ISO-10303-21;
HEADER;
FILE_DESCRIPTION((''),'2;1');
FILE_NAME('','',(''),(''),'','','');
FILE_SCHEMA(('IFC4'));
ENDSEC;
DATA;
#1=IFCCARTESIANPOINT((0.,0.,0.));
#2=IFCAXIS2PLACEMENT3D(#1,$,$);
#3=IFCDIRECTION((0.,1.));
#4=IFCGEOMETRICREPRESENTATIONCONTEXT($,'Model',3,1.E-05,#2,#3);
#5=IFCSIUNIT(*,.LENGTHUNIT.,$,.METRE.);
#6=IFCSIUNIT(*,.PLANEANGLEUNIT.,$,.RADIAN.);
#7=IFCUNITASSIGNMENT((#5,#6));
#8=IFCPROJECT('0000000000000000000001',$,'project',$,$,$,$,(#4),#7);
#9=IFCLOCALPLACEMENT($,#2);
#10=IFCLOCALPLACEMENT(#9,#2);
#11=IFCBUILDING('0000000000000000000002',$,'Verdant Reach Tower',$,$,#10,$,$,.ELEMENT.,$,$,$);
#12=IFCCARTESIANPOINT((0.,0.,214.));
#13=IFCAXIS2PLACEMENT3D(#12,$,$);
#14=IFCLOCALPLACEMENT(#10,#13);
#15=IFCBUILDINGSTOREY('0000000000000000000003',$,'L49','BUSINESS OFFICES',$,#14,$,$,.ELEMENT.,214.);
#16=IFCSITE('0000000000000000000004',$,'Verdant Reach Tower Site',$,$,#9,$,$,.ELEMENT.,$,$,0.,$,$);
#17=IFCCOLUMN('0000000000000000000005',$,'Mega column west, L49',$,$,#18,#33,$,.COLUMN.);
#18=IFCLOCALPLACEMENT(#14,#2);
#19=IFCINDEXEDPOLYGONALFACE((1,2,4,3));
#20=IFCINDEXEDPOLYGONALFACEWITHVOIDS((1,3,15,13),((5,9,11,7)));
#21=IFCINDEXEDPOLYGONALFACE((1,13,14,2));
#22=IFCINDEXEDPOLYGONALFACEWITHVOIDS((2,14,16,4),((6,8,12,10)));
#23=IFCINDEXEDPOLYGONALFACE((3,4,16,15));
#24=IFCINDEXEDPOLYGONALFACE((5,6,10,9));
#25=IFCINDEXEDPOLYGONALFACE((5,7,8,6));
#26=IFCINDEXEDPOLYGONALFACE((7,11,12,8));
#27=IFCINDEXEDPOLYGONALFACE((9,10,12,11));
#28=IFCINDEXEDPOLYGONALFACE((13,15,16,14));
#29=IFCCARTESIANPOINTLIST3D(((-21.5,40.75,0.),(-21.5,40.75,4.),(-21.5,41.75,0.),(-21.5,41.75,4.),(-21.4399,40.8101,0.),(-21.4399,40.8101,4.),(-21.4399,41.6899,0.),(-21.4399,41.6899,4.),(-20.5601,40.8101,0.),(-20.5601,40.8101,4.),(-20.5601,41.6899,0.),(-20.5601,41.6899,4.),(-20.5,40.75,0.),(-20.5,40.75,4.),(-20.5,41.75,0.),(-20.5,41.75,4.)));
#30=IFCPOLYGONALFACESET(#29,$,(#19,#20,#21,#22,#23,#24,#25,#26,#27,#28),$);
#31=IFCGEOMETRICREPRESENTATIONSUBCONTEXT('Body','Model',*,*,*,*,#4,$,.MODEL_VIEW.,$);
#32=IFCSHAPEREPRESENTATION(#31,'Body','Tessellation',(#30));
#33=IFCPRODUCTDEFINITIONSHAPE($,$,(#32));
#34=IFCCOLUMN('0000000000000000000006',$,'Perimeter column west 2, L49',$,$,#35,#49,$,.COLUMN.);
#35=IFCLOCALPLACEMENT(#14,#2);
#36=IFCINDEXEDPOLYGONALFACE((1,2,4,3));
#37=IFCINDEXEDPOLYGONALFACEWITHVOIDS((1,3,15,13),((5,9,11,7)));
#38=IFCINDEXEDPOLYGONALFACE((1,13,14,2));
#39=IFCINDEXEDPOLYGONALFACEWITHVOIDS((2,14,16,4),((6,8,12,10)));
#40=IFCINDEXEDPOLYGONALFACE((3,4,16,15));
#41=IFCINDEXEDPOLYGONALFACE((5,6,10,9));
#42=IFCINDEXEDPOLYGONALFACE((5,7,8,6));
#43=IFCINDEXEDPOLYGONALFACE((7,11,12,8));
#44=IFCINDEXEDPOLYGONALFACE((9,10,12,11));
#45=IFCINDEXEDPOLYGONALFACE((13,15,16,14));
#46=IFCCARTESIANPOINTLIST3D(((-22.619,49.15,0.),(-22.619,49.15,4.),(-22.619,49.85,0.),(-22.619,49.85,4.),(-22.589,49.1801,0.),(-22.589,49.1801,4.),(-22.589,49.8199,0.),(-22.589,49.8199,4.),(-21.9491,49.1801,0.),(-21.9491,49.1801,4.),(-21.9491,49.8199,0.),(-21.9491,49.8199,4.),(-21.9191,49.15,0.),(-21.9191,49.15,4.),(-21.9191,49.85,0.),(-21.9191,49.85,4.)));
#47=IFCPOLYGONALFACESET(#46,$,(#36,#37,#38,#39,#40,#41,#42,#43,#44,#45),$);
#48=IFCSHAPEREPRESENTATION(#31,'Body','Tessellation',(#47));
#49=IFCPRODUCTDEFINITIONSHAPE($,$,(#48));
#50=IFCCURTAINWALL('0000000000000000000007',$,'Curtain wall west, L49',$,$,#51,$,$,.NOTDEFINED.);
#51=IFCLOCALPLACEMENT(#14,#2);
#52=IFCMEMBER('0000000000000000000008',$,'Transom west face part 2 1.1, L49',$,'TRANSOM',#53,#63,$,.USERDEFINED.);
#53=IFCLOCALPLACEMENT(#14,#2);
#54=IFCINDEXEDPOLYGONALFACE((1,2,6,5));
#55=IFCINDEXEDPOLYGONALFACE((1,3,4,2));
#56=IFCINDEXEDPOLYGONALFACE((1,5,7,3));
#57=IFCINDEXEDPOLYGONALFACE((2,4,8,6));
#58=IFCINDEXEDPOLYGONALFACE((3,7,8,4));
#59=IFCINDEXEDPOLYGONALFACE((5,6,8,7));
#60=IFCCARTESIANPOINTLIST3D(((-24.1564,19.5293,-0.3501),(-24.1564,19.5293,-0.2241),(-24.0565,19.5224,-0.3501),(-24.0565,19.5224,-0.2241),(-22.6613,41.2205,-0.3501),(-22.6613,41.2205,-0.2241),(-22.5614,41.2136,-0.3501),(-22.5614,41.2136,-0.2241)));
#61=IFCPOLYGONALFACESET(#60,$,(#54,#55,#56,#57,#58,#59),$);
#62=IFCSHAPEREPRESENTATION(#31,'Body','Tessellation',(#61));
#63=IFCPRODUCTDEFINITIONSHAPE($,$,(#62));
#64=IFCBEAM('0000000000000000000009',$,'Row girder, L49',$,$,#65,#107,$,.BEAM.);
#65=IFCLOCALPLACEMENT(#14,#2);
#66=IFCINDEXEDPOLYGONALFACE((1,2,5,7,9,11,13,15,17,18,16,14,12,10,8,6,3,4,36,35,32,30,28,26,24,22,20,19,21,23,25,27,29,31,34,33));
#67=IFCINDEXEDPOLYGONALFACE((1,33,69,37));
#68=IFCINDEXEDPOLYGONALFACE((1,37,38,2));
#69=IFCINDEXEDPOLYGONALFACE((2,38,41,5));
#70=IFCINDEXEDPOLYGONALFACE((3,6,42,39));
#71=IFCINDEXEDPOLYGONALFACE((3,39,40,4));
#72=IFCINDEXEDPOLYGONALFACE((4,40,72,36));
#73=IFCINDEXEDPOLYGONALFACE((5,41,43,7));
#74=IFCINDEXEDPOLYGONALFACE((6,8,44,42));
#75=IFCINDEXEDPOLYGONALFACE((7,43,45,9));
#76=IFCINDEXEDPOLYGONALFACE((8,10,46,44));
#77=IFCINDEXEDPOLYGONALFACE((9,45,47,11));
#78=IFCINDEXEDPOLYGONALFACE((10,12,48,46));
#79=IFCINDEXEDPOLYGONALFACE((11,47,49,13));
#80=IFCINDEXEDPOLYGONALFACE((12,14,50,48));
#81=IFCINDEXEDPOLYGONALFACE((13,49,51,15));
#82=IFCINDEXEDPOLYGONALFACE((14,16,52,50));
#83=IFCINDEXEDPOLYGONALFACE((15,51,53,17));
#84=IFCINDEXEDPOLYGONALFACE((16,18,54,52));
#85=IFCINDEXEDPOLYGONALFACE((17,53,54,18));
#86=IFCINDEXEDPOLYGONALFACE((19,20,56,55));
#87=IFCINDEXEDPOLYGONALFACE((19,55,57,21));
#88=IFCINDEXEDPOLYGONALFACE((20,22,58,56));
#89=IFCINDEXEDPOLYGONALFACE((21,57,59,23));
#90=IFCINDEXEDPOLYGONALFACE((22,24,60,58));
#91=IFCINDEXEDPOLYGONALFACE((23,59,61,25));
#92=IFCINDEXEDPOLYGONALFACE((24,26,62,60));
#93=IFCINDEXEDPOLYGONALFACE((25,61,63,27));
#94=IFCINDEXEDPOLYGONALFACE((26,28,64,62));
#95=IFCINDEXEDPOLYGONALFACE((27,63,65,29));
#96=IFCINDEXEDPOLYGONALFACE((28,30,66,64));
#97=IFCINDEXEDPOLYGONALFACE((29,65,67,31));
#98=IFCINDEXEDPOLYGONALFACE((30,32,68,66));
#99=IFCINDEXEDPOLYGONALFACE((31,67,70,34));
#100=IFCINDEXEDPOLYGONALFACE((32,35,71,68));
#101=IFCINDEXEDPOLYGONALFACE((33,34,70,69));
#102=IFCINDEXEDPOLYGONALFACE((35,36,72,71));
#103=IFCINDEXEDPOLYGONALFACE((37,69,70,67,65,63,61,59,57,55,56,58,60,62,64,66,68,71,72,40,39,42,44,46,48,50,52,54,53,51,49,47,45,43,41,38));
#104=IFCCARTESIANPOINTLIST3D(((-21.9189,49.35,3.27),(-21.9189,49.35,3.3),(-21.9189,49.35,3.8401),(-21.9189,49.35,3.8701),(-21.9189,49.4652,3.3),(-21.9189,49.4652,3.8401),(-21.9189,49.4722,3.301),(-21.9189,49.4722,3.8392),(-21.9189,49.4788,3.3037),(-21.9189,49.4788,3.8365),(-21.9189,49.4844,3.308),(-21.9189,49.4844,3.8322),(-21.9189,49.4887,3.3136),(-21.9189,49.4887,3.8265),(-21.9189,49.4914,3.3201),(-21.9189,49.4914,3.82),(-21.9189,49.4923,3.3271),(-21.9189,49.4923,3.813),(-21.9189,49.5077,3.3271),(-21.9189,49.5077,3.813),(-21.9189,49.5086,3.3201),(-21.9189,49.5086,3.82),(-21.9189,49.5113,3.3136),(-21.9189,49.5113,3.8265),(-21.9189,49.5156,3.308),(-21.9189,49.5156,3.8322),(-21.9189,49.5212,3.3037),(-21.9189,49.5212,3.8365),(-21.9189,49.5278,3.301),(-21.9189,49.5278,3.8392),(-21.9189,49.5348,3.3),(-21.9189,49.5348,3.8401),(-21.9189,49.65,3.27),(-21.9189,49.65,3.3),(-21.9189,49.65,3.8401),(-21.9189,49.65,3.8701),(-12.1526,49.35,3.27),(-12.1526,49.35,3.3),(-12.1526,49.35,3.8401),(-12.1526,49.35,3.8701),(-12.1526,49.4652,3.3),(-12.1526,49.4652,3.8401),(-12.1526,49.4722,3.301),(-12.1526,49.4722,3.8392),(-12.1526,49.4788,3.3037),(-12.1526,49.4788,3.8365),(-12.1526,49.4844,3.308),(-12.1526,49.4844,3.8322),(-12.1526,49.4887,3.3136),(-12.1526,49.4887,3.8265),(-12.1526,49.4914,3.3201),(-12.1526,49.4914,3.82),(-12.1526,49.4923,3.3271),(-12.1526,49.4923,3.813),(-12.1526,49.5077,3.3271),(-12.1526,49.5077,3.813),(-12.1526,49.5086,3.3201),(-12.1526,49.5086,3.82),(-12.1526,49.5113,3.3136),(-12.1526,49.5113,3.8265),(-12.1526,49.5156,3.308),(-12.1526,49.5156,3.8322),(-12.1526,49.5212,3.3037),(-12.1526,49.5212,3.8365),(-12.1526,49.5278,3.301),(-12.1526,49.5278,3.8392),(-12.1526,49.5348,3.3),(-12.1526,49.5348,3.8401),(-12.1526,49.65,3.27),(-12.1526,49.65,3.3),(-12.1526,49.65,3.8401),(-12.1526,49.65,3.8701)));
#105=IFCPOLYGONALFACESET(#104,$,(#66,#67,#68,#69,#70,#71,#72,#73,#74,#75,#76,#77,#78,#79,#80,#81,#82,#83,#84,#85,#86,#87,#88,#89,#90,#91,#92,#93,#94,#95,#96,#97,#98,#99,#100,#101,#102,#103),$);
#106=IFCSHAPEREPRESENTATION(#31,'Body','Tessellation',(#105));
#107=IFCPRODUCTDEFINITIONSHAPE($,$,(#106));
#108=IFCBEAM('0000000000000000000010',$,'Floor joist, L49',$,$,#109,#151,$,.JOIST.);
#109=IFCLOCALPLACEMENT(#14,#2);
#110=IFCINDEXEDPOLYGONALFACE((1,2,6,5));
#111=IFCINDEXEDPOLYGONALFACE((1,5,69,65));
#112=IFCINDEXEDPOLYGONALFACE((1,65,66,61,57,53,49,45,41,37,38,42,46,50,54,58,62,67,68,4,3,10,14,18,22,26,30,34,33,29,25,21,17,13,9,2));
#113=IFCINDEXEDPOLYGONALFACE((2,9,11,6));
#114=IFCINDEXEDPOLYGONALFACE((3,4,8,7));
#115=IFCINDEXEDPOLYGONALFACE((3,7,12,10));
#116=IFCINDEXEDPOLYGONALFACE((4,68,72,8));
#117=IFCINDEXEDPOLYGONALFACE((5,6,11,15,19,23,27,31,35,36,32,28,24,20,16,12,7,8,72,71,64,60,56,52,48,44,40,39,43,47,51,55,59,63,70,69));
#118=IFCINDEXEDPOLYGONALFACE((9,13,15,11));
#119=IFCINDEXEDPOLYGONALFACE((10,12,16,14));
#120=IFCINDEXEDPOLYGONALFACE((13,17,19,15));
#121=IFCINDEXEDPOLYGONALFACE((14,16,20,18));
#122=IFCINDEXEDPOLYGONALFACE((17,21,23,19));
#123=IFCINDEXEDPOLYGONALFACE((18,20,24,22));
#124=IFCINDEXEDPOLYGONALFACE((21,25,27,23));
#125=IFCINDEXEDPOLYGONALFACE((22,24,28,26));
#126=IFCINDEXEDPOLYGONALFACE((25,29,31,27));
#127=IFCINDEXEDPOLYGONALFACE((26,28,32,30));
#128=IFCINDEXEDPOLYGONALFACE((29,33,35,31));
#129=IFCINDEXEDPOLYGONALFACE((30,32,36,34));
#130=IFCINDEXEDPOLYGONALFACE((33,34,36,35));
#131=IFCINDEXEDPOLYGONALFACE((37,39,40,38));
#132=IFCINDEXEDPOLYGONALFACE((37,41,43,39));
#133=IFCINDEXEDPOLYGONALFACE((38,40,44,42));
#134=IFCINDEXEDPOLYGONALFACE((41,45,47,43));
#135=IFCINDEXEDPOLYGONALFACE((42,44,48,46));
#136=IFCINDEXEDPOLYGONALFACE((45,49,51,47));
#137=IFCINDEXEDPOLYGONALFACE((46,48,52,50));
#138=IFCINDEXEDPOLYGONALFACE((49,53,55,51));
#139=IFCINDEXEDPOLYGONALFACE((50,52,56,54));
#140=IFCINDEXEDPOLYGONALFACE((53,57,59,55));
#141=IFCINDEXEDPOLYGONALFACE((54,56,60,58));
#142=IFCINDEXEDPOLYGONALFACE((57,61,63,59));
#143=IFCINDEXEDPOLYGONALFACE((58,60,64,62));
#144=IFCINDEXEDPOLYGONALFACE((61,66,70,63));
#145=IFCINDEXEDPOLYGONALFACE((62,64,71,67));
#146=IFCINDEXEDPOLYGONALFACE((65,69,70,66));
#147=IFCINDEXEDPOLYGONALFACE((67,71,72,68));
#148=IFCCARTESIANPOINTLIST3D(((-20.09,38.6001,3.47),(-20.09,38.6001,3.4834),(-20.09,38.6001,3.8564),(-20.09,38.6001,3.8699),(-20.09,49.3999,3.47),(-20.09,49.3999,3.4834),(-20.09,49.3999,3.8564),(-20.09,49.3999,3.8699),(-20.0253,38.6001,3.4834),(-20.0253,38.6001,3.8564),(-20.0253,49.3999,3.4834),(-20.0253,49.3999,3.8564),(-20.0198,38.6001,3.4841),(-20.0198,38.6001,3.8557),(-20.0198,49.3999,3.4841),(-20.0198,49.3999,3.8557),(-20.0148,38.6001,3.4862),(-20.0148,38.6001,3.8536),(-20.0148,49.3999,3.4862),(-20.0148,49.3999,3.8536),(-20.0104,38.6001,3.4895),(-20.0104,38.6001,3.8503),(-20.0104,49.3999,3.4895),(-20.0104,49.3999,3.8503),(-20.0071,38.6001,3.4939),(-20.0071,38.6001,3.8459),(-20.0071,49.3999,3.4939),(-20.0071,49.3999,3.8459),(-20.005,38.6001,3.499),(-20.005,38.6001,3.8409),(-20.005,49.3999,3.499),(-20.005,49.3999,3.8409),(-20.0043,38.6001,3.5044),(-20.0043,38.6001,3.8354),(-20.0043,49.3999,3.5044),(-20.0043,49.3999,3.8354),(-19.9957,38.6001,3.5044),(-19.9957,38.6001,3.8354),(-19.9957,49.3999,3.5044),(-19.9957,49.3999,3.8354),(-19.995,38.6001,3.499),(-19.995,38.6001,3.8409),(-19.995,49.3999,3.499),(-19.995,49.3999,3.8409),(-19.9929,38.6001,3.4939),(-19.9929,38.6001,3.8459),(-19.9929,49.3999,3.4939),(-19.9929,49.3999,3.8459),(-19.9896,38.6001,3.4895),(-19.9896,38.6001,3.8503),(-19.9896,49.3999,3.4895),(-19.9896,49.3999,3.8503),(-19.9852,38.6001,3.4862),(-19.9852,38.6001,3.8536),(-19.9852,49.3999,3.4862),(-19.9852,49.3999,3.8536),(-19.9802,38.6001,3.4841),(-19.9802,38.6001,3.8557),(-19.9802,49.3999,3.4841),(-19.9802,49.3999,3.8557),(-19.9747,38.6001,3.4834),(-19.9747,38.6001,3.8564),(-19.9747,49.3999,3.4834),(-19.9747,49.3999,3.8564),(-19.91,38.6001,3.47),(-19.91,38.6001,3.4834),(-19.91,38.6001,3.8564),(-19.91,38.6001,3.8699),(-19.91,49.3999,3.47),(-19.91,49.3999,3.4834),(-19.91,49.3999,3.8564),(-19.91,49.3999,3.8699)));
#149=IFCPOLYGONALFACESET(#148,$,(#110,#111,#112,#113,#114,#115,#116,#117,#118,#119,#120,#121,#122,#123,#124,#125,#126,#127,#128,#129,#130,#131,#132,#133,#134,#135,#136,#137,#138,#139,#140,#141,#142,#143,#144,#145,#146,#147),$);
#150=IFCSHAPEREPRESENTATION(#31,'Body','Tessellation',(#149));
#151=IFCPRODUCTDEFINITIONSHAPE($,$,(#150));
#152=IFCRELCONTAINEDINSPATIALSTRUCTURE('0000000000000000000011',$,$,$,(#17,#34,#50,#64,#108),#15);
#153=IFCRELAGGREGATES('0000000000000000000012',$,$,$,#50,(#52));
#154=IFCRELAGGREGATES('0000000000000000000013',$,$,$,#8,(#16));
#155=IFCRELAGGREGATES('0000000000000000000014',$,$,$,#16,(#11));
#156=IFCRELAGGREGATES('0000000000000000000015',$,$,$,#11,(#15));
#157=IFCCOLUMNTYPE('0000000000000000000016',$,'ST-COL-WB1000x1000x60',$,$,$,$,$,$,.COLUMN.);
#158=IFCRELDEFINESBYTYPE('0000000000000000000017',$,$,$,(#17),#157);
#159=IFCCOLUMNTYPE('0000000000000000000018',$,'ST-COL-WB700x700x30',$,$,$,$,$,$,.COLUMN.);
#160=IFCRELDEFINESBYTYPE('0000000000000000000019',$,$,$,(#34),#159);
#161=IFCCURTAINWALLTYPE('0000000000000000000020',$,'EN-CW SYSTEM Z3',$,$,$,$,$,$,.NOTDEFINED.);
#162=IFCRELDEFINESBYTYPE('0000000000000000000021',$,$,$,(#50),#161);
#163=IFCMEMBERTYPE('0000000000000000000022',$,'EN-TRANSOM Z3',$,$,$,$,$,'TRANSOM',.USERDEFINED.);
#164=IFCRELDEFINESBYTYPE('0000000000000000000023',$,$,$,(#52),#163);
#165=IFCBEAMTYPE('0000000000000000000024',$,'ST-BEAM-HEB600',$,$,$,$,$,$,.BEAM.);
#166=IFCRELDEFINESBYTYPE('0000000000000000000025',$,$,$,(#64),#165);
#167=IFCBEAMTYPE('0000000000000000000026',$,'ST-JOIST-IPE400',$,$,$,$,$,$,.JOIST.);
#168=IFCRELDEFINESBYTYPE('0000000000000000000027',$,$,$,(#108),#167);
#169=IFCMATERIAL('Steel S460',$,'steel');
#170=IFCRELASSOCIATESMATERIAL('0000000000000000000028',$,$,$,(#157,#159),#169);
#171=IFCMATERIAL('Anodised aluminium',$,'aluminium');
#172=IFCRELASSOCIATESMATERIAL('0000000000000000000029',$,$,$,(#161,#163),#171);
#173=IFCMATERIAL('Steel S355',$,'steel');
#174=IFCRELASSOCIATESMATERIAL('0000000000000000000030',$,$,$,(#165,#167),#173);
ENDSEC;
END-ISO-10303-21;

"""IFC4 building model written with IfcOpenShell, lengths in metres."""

from ifc_helpers import new_model, si_unit, direction, frame, origin, origin_2d, place, context, subcontext, project, spatial, rectangle, hollow_rectangle, i_section, extrude, material, material_profile, profile_set, type_object, element, aggregate, save


model = new_model("IFC4")

# Units and contexts
model_context = context("Model", 3, precision=1e-05, world=origin(), true_north=direction((0.0, 1.0)))
body_context = subcontext(model_context, "Body", "Model", "MODEL_VIEW")
ifc_project = project(units=[si_unit("LENGTHUNIT", "METRE"), si_unit("PLANEANGLEUNIT", "RADIAN")], contexts=[model_context])

# Site, building, storey
site_placement = place(None, origin())
site = spatial("IfcSite", under=ifc_project, at=site_placement, Name="Verdant Reach Tower Site", CompositionType="ELEMENT", RefElevation=0.0)
building_placement = place(site_placement, origin())
building = spatial("IfcBuilding", under=site, at=building_placement, Name="Verdant Reach Tower", CompositionType="ELEMENT")
storey_placement = place(building_placement, frame((0.0, 0.0, 214.0)))
storey = spatial("IfcBuildingStorey", under=building, at=storey_placement, Name="L49", Description="BUSINESS OFFICES", CompositionType="ELEMENT", Elevation=214.0)

# Columns
ifc_material_1 = material(Name="Steel S460", Category="steel")
ifc_material_profile_1 = material_profile(ifc_material_1, hollow_rectangle(XDim=1.0, YDim=1.0, WallThickness=0.0601, at=origin_2d()), Name="WB 1000x1000x60")
ifc_profile_set_1 = profile_set([ifc_material_profile_1], Name="Steel S460")
column_type_1 = type_object("IfcColumnType", Name="ST-COL-WB1000x1000x60", PredefinedType="COLUMN", material=ifc_profile_set_1)
column_1_placement = place(storey_placement, frame((-21.0, 41.25, 0.0), z_axis=(0.0, 0.0, 1.0), x_axis=(1.0, 0.0, 0.0)))
element("IfcColumn", 1, at=column_1_placement, inside=storey, type_object=column_type_1, Name="Mega column west, L49", PredefinedType="COLUMN", context=body_context, shape_type="SweptSolid", body=[
    extrude(hollow_rectangle(XDim=1.0, YDim=1.0, WallThickness=0.0601, at=origin_2d()), origin(), (0.0, 0.0, 1.0), 4.0),
])
ifc_material_profile_2 = material_profile(ifc_material_1, hollow_rectangle(XDim=0.7, YDim=0.7, WallThickness=0.03, at=origin_2d()), Name="WB 700x700x30")
ifc_profile_set_2 = profile_set([ifc_material_profile_2], Name="Steel S460")
column_type_2 = type_object("IfcColumnType", Name="ST-COL-WB700x700x30", PredefinedType="COLUMN", material=ifc_profile_set_2)
column_2_placement = place(storey_placement, frame((-22.269, 49.5, 0.0), z_axis=(0.0, 0.0, 1.0), x_axis=(1.0, 0.0, 0.0)))
element("IfcColumn", 2, at=column_2_placement, inside=storey, type_object=column_type_2, Name="Perimeter column west 2, L49", PredefinedType="COLUMN", context=body_context, shape_type="SweptSolid", body=[
    extrude(hollow_rectangle(XDim=0.7, YDim=0.7, WallThickness=0.03, at=origin_2d()), origin(), (0.0, 0.0, 1.0), 4.0),
])

# Curtain wall, member
ifc_material_2 = material(Name="Anodised aluminium", Category="aluminium")
curtain_wall_type = type_object("IfcCurtainWallType", Name="EN-CW SYSTEM Z3", PredefinedType="NOTDEFINED", material=ifc_material_2)
curtain_wall_placement = place(storey_placement, origin())
curtain_wall = element("IfcCurtainWall", 3, at=curtain_wall_placement, inside=storey, type_object=curtain_wall_type, Name="Curtain wall west, L49", PredefinedType="NOTDEFINED")
ifc_material_profile_3 = material_profile(ifc_material_2, rectangle(XDim=0.1001, YDim=0.126, at=origin_2d()), Name="Transom 126x100")
ifc_profile_set_3 = profile_set([ifc_material_profile_3], Name="Anodised aluminium")
member_type = type_object("IfcMemberType", Name="EN-TRANSOM Z3", ElementType="TRANSOM", PredefinedType="USERDEFINED", material=ifc_profile_set_3)
member_placement = place(storey_placement, frame((-22.6113, 41.217, -0.2871), z_axis=(-0.068764, -0.997633, 0.0), x_axis=(0.997633, -0.068764, 0.0)))
member = element("IfcMember", 4, at=member_placement, type_object=member_type, Name="Transom west face part 2 1.1, L49", ObjectType="TRANSOM", PredefinedType="USERDEFINED", context=body_context, shape_type="SweptSolid", body=[
    extrude(rectangle(XDim=0.1001, YDim=0.126, at=origin_2d()), origin(), (0.0, 0.0, 1.0), 21.7427),
])

# Beams
ifc_material_3 = material(Name="Steel S355", Category="steel")
ifc_material_profile_4 = material_profile(ifc_material_3, i_section(OverallWidth=0.3, OverallDepth=0.6001, WebThickness=0.0154, FlangeThickness=0.03, FilletRadius=0.0271, at=origin_2d()), Name="HEB 600")
ifc_profile_set_4 = profile_set([ifc_material_profile_4], Name="Steel S355")
beam_type_1 = type_object("IfcBeamType", Name="ST-BEAM-HEB600", PredefinedType="BEAM", material=ifc_profile_set_4)
beam_1_placement = place(storey_placement, frame((-21.9189, 49.5, 3.5701), z_axis=(1.0, 0.0, 0.0), x_axis=(0.0, 1.0, 0.0)))
element("IfcBeam", 5, at=beam_1_placement, inside=storey, type_object=beam_type_1, Name="Row girder, L49", PredefinedType="BEAM", context=body_context, shape_type="SweptSolid", body=[
    extrude(i_section(OverallWidth=0.3, OverallDepth=0.6001, WebThickness=0.0154, FlangeThickness=0.03, FilletRadius=0.0271, at=origin_2d()), origin(), (0.0, 0.0, 1.0), 9.7664),
])
ifc_material_profile_5 = material_profile(ifc_material_3, i_section(OverallWidth=0.1799, OverallDepth=0.3999, WebThickness=0.0085, FlangeThickness=0.0134, FilletRadius=0.021, at=origin_2d()), Name="IPE 400")
ifc_profile_set_5 = profile_set([ifc_material_profile_5], Name="Steel S355")
beam_type_2 = type_object("IfcBeamType", Name="ST-JOIST-IPE400", PredefinedType="JOIST", material=ifc_profile_set_5)
for number, where, z_axis, x_axis, name in (
    (6, (-20.0, 38.6001, 3.6699), (0.0, 1.0, 0.0), (-1.0, 0.0, 0.0), "Floor joist, L49"),
):
    element("IfcBeam", number, at=place(storey_placement, frame(where, z_axis=z_axis, x_axis=x_axis)), inside=storey, type_object=beam_type_2, Name=name, PredefinedType="JOIST", context=body_context, shape_type="SweptSolid", body=[
        extrude(i_section(OverallWidth=0.1799, OverallDepth=0.3999, WebThickness=0.0085, FlangeThickness=0.0134, FilletRadius=0.021, at=origin_2d()), origin(), (0.0, 0.0, 1.0), 10.7998),
    ])

aggregate(curtain_wall, [member])

save(model, "model.ifc")
